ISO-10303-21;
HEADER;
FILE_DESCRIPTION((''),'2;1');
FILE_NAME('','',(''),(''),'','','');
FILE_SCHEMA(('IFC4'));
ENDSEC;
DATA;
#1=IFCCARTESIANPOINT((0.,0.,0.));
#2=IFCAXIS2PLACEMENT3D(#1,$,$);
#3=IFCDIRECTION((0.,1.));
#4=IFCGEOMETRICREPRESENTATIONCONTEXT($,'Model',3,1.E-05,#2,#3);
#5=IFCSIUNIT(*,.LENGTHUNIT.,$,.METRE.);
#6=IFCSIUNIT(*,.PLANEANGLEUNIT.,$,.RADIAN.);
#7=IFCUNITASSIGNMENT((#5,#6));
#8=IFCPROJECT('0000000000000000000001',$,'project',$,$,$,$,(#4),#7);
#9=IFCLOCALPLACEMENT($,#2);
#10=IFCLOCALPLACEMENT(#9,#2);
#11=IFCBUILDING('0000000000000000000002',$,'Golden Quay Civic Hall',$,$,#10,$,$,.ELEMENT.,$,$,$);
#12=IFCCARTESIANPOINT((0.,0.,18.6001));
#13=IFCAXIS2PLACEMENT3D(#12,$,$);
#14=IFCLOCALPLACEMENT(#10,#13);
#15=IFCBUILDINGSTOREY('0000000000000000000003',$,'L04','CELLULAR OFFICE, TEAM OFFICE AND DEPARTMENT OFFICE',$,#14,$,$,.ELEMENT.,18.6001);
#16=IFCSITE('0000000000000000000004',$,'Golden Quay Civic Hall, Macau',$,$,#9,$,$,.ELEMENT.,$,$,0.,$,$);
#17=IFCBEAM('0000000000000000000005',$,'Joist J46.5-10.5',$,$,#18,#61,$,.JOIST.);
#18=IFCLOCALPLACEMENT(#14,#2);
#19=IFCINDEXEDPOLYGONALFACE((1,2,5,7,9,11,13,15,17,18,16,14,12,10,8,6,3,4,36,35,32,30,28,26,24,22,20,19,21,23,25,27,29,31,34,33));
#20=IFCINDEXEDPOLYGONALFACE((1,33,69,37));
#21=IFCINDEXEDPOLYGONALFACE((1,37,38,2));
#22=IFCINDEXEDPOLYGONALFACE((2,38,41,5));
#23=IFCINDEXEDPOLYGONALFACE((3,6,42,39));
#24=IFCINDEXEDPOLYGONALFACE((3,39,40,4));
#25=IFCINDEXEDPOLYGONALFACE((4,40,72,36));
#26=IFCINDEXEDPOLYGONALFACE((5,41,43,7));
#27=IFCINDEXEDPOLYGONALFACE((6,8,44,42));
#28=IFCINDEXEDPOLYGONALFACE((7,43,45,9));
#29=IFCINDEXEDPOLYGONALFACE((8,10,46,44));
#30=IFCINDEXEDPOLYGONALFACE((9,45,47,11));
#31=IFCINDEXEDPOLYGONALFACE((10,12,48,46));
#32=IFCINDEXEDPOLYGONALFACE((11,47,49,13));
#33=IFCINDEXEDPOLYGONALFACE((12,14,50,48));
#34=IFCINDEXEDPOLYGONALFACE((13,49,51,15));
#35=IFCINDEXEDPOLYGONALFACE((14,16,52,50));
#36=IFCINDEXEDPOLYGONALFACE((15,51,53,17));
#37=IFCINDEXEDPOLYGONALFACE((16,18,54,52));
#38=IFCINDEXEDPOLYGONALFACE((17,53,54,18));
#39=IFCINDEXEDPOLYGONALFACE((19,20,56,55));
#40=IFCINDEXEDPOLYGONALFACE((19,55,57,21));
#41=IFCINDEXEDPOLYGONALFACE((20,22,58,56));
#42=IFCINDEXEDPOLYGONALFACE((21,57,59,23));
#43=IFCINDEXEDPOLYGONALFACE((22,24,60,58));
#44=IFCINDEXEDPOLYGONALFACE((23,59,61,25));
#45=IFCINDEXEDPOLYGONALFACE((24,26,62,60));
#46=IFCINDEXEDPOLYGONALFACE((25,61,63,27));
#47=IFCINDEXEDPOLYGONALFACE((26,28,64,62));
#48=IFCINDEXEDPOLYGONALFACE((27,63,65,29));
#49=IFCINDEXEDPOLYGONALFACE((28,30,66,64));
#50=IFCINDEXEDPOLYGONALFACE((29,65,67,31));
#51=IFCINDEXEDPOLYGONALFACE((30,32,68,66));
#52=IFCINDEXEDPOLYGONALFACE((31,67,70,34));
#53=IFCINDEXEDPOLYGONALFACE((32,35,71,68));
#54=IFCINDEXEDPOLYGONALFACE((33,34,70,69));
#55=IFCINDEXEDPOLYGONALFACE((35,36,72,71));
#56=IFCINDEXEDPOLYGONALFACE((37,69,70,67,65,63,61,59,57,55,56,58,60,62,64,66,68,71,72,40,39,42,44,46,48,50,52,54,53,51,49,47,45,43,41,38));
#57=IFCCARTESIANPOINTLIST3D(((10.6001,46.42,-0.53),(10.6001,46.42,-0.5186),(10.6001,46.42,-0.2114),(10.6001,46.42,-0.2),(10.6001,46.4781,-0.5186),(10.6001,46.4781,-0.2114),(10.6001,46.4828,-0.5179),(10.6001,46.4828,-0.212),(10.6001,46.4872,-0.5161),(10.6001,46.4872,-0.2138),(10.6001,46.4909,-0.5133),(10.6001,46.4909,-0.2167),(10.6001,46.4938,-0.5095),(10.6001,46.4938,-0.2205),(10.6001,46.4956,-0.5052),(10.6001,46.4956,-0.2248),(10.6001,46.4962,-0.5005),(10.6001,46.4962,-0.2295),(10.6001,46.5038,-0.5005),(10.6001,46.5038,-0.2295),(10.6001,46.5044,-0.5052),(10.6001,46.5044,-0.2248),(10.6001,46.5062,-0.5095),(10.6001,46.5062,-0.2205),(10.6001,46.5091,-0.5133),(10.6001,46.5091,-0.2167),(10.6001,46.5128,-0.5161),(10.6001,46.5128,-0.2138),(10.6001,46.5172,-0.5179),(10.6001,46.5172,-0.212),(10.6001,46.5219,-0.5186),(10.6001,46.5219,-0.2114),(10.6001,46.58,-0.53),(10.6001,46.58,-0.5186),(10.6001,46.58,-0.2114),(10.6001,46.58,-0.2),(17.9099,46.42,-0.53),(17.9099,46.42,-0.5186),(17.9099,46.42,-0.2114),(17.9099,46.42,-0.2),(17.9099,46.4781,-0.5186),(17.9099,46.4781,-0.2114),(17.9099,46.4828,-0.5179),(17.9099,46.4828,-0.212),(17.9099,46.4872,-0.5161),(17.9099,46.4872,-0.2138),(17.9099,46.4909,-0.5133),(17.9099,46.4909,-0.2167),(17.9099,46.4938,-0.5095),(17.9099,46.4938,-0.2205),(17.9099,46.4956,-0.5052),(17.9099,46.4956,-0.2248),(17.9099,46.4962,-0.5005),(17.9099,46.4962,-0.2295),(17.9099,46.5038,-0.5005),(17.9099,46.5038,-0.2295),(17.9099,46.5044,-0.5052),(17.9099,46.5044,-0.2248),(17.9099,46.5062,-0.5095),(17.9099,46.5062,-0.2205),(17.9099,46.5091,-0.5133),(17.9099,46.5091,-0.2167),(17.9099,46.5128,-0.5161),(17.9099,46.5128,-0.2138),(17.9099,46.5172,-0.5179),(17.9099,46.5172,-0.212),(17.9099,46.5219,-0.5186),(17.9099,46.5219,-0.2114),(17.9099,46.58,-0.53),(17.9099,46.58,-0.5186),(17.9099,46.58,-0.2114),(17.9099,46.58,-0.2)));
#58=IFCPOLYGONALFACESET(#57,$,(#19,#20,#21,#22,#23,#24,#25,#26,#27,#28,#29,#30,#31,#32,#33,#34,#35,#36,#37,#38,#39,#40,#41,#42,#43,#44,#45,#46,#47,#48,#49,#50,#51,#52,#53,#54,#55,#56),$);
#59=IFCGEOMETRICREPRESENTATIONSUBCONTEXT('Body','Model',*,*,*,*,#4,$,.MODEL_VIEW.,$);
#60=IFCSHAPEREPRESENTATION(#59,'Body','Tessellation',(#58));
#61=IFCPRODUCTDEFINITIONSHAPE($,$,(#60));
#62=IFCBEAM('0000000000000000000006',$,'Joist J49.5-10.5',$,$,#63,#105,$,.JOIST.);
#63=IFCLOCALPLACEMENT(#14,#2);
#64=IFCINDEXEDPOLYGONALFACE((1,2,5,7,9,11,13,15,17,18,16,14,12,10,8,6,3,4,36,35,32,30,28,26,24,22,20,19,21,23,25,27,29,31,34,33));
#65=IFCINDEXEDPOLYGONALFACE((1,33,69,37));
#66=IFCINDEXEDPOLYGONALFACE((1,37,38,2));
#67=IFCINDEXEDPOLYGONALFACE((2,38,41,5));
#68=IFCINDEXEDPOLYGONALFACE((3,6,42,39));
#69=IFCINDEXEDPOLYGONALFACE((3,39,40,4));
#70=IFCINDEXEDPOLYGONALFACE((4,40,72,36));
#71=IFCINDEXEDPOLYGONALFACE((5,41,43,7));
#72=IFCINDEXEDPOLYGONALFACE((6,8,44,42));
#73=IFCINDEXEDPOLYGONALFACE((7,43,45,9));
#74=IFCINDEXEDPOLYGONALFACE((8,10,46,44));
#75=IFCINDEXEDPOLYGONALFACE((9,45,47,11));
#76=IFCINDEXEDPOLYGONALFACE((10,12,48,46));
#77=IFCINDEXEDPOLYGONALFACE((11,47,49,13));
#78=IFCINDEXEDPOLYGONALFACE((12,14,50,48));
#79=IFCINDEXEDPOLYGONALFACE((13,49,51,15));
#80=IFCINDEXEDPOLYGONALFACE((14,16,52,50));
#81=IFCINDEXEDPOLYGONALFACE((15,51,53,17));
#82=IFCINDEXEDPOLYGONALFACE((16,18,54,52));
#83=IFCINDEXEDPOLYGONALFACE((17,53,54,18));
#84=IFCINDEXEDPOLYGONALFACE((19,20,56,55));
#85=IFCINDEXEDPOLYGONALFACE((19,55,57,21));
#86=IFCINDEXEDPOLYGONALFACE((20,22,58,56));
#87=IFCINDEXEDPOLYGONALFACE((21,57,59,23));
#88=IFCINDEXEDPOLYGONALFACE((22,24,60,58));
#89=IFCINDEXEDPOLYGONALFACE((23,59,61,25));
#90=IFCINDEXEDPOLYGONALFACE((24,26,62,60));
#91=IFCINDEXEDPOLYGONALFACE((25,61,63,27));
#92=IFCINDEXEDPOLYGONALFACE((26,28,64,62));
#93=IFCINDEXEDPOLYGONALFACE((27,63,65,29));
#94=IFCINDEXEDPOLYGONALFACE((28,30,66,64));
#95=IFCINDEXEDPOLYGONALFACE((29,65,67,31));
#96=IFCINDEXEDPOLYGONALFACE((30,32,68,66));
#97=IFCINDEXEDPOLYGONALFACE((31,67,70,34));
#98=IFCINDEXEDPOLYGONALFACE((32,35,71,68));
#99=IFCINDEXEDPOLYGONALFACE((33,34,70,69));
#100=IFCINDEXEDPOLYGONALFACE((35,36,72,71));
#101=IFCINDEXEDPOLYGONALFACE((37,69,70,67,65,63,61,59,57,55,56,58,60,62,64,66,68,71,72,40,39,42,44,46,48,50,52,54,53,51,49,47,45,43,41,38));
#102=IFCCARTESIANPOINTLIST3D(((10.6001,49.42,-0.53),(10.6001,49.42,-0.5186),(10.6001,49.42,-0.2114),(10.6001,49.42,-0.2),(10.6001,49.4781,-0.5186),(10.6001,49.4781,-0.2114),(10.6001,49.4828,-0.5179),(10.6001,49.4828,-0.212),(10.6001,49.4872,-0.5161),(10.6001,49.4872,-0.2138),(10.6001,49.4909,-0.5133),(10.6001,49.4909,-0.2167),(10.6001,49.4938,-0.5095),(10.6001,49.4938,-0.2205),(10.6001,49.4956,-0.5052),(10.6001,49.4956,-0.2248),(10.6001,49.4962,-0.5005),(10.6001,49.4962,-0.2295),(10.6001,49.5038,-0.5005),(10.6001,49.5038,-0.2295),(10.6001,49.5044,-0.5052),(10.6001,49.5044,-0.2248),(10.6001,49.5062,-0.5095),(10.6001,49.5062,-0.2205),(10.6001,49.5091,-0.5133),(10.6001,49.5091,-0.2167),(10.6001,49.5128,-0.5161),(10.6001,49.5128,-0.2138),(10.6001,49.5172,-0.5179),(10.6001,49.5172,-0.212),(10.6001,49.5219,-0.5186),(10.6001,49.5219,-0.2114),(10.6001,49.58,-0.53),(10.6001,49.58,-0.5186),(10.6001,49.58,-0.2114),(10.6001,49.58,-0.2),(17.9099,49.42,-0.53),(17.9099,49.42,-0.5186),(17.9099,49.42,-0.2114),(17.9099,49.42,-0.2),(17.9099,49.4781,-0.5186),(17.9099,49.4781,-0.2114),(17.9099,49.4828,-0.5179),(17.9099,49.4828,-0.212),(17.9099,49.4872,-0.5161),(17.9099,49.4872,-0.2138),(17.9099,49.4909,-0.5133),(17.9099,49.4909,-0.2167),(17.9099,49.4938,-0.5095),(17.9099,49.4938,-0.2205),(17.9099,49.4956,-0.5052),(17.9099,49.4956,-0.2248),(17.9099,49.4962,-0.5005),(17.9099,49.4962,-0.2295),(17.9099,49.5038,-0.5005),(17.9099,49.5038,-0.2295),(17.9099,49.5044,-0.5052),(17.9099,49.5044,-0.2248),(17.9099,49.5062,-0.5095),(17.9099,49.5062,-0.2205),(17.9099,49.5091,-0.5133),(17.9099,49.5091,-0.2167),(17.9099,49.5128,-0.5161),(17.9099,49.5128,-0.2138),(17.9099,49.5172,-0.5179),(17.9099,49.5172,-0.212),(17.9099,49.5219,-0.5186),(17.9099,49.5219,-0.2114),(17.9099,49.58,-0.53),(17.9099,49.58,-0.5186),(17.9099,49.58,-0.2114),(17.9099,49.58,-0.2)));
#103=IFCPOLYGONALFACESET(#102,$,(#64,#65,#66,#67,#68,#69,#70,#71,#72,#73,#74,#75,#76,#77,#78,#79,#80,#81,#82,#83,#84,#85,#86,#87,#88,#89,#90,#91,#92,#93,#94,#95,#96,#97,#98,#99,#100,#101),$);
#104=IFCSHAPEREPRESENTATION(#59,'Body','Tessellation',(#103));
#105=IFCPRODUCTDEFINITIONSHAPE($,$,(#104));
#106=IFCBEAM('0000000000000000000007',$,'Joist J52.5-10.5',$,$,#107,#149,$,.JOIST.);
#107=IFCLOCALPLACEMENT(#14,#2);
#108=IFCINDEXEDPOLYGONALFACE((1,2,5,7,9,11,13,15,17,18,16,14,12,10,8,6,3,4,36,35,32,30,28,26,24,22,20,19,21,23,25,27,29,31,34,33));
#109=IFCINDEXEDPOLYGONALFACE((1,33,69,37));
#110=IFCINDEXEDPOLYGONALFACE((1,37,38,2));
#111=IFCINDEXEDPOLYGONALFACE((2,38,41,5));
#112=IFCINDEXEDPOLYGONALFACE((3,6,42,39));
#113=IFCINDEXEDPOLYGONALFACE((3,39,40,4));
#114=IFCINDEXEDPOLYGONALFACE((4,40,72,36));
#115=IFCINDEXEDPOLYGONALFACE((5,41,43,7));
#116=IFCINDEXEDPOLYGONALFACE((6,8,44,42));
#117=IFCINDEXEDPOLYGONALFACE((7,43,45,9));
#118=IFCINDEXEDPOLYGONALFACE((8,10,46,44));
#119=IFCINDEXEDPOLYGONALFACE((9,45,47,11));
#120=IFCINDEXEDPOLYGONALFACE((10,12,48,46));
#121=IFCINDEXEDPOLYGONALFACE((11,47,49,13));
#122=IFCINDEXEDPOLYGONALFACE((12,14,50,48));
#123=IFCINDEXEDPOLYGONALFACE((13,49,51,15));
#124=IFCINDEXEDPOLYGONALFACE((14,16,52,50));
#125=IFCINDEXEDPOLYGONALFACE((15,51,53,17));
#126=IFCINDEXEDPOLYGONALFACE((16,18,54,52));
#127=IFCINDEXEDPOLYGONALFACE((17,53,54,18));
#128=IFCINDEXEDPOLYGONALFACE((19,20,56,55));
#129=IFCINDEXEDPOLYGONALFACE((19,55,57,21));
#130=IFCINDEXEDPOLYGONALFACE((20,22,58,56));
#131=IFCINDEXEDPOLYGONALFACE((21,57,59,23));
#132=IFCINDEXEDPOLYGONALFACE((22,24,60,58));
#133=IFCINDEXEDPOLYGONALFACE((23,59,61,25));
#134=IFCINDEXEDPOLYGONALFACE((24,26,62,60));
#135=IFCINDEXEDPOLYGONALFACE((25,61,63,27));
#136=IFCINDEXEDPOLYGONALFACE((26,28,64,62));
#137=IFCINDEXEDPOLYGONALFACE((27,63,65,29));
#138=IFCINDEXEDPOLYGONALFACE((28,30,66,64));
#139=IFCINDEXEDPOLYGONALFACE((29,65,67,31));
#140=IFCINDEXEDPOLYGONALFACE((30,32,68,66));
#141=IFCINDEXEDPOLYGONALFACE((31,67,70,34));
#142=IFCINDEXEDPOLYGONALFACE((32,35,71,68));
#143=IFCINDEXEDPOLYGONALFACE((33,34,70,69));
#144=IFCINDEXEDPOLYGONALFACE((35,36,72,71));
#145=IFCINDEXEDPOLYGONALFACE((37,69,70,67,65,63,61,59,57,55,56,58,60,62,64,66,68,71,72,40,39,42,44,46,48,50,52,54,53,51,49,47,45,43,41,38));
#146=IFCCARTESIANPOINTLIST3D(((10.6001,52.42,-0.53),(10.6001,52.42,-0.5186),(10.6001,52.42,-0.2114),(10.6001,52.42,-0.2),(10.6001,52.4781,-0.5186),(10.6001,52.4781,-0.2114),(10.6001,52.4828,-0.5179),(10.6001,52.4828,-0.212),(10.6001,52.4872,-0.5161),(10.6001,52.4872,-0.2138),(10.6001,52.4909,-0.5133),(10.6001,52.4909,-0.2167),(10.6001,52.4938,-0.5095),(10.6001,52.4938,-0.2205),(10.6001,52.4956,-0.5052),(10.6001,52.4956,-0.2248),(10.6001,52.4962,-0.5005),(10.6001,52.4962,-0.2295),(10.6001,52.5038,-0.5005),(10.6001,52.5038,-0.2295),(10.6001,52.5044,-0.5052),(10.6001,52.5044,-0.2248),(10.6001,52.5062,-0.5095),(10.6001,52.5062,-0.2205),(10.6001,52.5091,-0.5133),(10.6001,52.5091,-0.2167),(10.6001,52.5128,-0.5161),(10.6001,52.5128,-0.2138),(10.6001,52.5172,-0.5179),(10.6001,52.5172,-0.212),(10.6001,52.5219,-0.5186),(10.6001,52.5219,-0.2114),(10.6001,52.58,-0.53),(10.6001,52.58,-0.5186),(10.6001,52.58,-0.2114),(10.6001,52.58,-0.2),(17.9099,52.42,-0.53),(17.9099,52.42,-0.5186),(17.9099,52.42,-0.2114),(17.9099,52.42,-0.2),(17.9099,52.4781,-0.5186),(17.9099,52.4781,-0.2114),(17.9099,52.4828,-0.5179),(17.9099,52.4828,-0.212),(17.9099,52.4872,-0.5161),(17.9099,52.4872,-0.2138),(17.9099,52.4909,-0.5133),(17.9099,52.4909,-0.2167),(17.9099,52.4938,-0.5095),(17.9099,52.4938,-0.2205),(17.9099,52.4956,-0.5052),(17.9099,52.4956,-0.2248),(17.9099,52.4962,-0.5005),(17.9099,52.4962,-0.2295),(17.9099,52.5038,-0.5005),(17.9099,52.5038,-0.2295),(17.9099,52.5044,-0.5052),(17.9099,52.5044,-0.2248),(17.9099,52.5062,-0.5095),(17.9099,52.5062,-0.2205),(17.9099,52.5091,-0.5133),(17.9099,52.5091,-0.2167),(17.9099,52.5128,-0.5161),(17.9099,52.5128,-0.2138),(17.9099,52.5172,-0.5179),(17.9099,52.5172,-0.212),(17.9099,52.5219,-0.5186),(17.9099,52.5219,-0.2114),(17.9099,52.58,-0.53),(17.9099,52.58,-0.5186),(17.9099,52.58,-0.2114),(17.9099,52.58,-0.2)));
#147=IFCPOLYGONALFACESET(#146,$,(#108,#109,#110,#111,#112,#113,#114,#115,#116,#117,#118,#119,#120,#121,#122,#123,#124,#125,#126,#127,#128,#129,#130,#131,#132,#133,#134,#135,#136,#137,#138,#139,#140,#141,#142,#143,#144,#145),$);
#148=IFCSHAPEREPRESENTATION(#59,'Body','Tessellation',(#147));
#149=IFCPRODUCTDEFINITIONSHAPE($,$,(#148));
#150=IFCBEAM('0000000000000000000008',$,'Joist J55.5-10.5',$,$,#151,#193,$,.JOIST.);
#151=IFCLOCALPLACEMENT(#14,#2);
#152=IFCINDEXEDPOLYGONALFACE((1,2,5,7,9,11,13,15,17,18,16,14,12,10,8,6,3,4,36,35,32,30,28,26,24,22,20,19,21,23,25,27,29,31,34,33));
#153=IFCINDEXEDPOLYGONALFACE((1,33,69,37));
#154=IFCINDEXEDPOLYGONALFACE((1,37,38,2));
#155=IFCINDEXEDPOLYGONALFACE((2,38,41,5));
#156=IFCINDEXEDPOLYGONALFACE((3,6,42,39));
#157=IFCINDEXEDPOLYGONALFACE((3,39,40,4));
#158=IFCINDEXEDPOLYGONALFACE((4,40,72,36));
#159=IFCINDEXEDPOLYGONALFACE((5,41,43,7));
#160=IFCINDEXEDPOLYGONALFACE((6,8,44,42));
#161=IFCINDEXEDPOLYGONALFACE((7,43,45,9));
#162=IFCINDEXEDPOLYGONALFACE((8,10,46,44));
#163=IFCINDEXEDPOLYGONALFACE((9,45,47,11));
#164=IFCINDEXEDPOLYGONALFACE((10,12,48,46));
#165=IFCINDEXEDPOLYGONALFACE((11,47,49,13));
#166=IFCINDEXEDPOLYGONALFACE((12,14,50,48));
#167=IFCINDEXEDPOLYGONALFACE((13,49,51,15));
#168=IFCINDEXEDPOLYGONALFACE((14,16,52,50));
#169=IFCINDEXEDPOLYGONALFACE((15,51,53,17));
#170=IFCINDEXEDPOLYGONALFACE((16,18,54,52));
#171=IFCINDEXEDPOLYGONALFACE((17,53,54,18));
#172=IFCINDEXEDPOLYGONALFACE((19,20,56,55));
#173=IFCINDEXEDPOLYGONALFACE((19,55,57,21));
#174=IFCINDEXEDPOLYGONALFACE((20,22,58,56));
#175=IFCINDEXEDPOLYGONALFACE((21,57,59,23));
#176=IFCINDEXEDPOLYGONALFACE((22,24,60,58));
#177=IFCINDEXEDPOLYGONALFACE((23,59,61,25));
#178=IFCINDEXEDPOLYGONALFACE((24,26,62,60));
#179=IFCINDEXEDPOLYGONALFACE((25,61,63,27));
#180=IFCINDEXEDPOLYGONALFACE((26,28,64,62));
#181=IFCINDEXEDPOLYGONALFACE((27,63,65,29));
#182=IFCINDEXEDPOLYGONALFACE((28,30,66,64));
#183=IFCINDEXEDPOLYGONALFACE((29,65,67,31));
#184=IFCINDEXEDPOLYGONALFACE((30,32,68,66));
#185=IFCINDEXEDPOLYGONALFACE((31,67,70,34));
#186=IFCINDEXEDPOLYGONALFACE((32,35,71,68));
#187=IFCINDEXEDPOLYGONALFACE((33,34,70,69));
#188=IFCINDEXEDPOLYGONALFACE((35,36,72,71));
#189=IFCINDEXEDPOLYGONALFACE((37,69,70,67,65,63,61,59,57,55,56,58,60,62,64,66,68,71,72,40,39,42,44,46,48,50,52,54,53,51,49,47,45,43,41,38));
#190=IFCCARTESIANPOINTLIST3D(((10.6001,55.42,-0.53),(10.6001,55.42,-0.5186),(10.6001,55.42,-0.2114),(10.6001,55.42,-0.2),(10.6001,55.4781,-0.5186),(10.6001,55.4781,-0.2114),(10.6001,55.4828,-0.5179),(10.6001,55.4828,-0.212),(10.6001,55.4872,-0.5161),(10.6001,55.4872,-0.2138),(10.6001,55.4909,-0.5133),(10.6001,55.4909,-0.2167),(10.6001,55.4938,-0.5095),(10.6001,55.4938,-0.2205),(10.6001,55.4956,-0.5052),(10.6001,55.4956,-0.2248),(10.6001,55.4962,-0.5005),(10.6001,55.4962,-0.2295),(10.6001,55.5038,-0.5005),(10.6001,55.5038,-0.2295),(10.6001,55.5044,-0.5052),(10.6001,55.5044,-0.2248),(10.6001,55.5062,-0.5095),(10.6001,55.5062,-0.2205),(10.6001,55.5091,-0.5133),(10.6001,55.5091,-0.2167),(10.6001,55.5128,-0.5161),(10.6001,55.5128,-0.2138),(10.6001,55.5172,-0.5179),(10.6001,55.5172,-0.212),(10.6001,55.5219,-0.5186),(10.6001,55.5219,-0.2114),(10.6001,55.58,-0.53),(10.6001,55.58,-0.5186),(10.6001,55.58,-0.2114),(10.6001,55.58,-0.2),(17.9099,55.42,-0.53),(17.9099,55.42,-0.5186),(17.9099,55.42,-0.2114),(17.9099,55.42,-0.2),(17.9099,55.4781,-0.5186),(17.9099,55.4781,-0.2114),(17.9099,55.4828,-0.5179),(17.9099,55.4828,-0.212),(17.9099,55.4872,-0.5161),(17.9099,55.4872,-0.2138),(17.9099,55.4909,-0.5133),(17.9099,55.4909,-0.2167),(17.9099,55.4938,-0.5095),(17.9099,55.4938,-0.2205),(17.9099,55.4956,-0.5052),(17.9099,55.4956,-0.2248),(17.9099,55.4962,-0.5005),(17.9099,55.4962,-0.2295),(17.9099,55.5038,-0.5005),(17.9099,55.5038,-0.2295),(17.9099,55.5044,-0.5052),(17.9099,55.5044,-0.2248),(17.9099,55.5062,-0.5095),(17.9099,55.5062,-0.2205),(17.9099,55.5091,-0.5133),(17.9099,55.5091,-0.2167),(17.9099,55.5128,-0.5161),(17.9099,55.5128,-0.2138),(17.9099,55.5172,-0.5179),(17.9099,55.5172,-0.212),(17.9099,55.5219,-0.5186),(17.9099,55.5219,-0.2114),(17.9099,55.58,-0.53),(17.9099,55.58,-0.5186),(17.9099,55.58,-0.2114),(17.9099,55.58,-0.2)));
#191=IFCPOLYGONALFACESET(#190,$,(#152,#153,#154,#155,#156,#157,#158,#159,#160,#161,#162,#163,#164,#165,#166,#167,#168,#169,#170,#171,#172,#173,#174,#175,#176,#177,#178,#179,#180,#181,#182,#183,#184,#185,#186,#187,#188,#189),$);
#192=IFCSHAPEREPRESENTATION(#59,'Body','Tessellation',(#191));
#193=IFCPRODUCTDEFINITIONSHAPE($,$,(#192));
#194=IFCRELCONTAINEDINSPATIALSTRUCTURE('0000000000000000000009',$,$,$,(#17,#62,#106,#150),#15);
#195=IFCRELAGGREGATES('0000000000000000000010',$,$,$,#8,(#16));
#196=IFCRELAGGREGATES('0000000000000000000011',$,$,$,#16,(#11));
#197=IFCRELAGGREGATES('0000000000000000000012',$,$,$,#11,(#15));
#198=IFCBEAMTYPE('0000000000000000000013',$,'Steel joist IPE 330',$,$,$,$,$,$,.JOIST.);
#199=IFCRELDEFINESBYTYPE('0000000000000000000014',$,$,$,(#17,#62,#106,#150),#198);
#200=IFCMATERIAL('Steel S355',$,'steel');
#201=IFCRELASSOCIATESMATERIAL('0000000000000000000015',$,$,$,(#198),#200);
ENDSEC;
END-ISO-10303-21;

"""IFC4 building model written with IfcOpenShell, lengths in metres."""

from ifc_helpers import new_model, si_unit, direction, frame, origin, origin_2d, place, context, subcontext, project, spatial, i_section, extrude, material, material_profile, profile_set, type_object, element, save


model = new_model("IFC4")

# Units and contexts
model_context = context("Model", 3, precision=1e-05, world=origin(), true_north=direction((0.0, 1.0)))
body_context = subcontext(model_context, "Body", "Model", "MODEL_VIEW")
ifc_project = project(units=[si_unit("LENGTHUNIT", "METRE"), si_unit("PLANEANGLEUNIT", "RADIAN")], contexts=[model_context])

# Site, building, storey
site_placement = place(None, origin())
site = spatial("IfcSite", under=ifc_project, at=site_placement, Name="Golden Quay Civic Hall, Macau", CompositionType="ELEMENT", RefElevation=0.0)
building_placement = place(site_placement, origin())
building = spatial("IfcBuilding", under=site, at=building_placement, Name="Golden Quay Civic Hall", CompositionType="ELEMENT")
storey_placement = place(building_placement, frame((0.0, 0.0, 18.6001)))
storey = spatial("IfcBuildingStorey", under=building, at=storey_placement, Name="L04", Description="CELLULAR OFFICE, TEAM OFFICE AND DEPARTMENT OFFICE", CompositionType="ELEMENT", Elevation=18.6001)

# Beams
ifc_material_1 = material(Name="Steel S355", Category="steel")
ifc_material_profile_1 = material_profile(ifc_material_1, i_section(OverallWidth=0.1599, OverallDepth=0.3301, WebThickness=0.0076, FlangeThickness=0.0115, FilletRadius=0.0181, at=origin_2d()), Name="IPE 330")
ifc_profile_set_1 = profile_set([ifc_material_profile_1], Name="Steel S355")
beam_type_1 = type_object("IfcBeamType", Name="Steel joist IPE 330", PredefinedType="JOIST", material=ifc_profile_set_1)
for number, where, z_axis, x_axis, name in (
    (1, (10.6001, 46.5, -0.365), (1.0, 0.0, 0.0), (0.0, 1.0, 0.0), "Joist J46.5-10.5"),
    (2, (10.6001, 49.5, -0.365), (1.0, 0.0, 0.0), (0.0, 1.0, 0.0), "Joist J49.5-10.5"),
    (3, (10.6001, 52.5, -0.365), (1.0, 0.0, 0.0), (0.0, 1.0, 0.0), "Joist J52.5-10.5"),
    (4, (10.6001, 55.5, -0.365), (1.0, 0.0, 0.0), (0.0, 1.0, 0.0), "Joist J55.5-10.5"),
):
    element("IfcBeam", number, at=place(storey_placement, frame(where, z_axis=z_axis, x_axis=x_axis)), inside=storey, type_object=beam_type_1, Name=name, PredefinedType="JOIST", context=body_context, shape_type="SweptSolid", body=[
        extrude(i_section(OverallWidth=0.1599, OverallDepth=0.3301, WebThickness=0.0076, FlangeThickness=0.0115, FilletRadius=0.0181, at=origin_2d()), origin(), (0.0, 0.0, 1.0), 7.3098),
    ])

save(model, "model.ifc")
